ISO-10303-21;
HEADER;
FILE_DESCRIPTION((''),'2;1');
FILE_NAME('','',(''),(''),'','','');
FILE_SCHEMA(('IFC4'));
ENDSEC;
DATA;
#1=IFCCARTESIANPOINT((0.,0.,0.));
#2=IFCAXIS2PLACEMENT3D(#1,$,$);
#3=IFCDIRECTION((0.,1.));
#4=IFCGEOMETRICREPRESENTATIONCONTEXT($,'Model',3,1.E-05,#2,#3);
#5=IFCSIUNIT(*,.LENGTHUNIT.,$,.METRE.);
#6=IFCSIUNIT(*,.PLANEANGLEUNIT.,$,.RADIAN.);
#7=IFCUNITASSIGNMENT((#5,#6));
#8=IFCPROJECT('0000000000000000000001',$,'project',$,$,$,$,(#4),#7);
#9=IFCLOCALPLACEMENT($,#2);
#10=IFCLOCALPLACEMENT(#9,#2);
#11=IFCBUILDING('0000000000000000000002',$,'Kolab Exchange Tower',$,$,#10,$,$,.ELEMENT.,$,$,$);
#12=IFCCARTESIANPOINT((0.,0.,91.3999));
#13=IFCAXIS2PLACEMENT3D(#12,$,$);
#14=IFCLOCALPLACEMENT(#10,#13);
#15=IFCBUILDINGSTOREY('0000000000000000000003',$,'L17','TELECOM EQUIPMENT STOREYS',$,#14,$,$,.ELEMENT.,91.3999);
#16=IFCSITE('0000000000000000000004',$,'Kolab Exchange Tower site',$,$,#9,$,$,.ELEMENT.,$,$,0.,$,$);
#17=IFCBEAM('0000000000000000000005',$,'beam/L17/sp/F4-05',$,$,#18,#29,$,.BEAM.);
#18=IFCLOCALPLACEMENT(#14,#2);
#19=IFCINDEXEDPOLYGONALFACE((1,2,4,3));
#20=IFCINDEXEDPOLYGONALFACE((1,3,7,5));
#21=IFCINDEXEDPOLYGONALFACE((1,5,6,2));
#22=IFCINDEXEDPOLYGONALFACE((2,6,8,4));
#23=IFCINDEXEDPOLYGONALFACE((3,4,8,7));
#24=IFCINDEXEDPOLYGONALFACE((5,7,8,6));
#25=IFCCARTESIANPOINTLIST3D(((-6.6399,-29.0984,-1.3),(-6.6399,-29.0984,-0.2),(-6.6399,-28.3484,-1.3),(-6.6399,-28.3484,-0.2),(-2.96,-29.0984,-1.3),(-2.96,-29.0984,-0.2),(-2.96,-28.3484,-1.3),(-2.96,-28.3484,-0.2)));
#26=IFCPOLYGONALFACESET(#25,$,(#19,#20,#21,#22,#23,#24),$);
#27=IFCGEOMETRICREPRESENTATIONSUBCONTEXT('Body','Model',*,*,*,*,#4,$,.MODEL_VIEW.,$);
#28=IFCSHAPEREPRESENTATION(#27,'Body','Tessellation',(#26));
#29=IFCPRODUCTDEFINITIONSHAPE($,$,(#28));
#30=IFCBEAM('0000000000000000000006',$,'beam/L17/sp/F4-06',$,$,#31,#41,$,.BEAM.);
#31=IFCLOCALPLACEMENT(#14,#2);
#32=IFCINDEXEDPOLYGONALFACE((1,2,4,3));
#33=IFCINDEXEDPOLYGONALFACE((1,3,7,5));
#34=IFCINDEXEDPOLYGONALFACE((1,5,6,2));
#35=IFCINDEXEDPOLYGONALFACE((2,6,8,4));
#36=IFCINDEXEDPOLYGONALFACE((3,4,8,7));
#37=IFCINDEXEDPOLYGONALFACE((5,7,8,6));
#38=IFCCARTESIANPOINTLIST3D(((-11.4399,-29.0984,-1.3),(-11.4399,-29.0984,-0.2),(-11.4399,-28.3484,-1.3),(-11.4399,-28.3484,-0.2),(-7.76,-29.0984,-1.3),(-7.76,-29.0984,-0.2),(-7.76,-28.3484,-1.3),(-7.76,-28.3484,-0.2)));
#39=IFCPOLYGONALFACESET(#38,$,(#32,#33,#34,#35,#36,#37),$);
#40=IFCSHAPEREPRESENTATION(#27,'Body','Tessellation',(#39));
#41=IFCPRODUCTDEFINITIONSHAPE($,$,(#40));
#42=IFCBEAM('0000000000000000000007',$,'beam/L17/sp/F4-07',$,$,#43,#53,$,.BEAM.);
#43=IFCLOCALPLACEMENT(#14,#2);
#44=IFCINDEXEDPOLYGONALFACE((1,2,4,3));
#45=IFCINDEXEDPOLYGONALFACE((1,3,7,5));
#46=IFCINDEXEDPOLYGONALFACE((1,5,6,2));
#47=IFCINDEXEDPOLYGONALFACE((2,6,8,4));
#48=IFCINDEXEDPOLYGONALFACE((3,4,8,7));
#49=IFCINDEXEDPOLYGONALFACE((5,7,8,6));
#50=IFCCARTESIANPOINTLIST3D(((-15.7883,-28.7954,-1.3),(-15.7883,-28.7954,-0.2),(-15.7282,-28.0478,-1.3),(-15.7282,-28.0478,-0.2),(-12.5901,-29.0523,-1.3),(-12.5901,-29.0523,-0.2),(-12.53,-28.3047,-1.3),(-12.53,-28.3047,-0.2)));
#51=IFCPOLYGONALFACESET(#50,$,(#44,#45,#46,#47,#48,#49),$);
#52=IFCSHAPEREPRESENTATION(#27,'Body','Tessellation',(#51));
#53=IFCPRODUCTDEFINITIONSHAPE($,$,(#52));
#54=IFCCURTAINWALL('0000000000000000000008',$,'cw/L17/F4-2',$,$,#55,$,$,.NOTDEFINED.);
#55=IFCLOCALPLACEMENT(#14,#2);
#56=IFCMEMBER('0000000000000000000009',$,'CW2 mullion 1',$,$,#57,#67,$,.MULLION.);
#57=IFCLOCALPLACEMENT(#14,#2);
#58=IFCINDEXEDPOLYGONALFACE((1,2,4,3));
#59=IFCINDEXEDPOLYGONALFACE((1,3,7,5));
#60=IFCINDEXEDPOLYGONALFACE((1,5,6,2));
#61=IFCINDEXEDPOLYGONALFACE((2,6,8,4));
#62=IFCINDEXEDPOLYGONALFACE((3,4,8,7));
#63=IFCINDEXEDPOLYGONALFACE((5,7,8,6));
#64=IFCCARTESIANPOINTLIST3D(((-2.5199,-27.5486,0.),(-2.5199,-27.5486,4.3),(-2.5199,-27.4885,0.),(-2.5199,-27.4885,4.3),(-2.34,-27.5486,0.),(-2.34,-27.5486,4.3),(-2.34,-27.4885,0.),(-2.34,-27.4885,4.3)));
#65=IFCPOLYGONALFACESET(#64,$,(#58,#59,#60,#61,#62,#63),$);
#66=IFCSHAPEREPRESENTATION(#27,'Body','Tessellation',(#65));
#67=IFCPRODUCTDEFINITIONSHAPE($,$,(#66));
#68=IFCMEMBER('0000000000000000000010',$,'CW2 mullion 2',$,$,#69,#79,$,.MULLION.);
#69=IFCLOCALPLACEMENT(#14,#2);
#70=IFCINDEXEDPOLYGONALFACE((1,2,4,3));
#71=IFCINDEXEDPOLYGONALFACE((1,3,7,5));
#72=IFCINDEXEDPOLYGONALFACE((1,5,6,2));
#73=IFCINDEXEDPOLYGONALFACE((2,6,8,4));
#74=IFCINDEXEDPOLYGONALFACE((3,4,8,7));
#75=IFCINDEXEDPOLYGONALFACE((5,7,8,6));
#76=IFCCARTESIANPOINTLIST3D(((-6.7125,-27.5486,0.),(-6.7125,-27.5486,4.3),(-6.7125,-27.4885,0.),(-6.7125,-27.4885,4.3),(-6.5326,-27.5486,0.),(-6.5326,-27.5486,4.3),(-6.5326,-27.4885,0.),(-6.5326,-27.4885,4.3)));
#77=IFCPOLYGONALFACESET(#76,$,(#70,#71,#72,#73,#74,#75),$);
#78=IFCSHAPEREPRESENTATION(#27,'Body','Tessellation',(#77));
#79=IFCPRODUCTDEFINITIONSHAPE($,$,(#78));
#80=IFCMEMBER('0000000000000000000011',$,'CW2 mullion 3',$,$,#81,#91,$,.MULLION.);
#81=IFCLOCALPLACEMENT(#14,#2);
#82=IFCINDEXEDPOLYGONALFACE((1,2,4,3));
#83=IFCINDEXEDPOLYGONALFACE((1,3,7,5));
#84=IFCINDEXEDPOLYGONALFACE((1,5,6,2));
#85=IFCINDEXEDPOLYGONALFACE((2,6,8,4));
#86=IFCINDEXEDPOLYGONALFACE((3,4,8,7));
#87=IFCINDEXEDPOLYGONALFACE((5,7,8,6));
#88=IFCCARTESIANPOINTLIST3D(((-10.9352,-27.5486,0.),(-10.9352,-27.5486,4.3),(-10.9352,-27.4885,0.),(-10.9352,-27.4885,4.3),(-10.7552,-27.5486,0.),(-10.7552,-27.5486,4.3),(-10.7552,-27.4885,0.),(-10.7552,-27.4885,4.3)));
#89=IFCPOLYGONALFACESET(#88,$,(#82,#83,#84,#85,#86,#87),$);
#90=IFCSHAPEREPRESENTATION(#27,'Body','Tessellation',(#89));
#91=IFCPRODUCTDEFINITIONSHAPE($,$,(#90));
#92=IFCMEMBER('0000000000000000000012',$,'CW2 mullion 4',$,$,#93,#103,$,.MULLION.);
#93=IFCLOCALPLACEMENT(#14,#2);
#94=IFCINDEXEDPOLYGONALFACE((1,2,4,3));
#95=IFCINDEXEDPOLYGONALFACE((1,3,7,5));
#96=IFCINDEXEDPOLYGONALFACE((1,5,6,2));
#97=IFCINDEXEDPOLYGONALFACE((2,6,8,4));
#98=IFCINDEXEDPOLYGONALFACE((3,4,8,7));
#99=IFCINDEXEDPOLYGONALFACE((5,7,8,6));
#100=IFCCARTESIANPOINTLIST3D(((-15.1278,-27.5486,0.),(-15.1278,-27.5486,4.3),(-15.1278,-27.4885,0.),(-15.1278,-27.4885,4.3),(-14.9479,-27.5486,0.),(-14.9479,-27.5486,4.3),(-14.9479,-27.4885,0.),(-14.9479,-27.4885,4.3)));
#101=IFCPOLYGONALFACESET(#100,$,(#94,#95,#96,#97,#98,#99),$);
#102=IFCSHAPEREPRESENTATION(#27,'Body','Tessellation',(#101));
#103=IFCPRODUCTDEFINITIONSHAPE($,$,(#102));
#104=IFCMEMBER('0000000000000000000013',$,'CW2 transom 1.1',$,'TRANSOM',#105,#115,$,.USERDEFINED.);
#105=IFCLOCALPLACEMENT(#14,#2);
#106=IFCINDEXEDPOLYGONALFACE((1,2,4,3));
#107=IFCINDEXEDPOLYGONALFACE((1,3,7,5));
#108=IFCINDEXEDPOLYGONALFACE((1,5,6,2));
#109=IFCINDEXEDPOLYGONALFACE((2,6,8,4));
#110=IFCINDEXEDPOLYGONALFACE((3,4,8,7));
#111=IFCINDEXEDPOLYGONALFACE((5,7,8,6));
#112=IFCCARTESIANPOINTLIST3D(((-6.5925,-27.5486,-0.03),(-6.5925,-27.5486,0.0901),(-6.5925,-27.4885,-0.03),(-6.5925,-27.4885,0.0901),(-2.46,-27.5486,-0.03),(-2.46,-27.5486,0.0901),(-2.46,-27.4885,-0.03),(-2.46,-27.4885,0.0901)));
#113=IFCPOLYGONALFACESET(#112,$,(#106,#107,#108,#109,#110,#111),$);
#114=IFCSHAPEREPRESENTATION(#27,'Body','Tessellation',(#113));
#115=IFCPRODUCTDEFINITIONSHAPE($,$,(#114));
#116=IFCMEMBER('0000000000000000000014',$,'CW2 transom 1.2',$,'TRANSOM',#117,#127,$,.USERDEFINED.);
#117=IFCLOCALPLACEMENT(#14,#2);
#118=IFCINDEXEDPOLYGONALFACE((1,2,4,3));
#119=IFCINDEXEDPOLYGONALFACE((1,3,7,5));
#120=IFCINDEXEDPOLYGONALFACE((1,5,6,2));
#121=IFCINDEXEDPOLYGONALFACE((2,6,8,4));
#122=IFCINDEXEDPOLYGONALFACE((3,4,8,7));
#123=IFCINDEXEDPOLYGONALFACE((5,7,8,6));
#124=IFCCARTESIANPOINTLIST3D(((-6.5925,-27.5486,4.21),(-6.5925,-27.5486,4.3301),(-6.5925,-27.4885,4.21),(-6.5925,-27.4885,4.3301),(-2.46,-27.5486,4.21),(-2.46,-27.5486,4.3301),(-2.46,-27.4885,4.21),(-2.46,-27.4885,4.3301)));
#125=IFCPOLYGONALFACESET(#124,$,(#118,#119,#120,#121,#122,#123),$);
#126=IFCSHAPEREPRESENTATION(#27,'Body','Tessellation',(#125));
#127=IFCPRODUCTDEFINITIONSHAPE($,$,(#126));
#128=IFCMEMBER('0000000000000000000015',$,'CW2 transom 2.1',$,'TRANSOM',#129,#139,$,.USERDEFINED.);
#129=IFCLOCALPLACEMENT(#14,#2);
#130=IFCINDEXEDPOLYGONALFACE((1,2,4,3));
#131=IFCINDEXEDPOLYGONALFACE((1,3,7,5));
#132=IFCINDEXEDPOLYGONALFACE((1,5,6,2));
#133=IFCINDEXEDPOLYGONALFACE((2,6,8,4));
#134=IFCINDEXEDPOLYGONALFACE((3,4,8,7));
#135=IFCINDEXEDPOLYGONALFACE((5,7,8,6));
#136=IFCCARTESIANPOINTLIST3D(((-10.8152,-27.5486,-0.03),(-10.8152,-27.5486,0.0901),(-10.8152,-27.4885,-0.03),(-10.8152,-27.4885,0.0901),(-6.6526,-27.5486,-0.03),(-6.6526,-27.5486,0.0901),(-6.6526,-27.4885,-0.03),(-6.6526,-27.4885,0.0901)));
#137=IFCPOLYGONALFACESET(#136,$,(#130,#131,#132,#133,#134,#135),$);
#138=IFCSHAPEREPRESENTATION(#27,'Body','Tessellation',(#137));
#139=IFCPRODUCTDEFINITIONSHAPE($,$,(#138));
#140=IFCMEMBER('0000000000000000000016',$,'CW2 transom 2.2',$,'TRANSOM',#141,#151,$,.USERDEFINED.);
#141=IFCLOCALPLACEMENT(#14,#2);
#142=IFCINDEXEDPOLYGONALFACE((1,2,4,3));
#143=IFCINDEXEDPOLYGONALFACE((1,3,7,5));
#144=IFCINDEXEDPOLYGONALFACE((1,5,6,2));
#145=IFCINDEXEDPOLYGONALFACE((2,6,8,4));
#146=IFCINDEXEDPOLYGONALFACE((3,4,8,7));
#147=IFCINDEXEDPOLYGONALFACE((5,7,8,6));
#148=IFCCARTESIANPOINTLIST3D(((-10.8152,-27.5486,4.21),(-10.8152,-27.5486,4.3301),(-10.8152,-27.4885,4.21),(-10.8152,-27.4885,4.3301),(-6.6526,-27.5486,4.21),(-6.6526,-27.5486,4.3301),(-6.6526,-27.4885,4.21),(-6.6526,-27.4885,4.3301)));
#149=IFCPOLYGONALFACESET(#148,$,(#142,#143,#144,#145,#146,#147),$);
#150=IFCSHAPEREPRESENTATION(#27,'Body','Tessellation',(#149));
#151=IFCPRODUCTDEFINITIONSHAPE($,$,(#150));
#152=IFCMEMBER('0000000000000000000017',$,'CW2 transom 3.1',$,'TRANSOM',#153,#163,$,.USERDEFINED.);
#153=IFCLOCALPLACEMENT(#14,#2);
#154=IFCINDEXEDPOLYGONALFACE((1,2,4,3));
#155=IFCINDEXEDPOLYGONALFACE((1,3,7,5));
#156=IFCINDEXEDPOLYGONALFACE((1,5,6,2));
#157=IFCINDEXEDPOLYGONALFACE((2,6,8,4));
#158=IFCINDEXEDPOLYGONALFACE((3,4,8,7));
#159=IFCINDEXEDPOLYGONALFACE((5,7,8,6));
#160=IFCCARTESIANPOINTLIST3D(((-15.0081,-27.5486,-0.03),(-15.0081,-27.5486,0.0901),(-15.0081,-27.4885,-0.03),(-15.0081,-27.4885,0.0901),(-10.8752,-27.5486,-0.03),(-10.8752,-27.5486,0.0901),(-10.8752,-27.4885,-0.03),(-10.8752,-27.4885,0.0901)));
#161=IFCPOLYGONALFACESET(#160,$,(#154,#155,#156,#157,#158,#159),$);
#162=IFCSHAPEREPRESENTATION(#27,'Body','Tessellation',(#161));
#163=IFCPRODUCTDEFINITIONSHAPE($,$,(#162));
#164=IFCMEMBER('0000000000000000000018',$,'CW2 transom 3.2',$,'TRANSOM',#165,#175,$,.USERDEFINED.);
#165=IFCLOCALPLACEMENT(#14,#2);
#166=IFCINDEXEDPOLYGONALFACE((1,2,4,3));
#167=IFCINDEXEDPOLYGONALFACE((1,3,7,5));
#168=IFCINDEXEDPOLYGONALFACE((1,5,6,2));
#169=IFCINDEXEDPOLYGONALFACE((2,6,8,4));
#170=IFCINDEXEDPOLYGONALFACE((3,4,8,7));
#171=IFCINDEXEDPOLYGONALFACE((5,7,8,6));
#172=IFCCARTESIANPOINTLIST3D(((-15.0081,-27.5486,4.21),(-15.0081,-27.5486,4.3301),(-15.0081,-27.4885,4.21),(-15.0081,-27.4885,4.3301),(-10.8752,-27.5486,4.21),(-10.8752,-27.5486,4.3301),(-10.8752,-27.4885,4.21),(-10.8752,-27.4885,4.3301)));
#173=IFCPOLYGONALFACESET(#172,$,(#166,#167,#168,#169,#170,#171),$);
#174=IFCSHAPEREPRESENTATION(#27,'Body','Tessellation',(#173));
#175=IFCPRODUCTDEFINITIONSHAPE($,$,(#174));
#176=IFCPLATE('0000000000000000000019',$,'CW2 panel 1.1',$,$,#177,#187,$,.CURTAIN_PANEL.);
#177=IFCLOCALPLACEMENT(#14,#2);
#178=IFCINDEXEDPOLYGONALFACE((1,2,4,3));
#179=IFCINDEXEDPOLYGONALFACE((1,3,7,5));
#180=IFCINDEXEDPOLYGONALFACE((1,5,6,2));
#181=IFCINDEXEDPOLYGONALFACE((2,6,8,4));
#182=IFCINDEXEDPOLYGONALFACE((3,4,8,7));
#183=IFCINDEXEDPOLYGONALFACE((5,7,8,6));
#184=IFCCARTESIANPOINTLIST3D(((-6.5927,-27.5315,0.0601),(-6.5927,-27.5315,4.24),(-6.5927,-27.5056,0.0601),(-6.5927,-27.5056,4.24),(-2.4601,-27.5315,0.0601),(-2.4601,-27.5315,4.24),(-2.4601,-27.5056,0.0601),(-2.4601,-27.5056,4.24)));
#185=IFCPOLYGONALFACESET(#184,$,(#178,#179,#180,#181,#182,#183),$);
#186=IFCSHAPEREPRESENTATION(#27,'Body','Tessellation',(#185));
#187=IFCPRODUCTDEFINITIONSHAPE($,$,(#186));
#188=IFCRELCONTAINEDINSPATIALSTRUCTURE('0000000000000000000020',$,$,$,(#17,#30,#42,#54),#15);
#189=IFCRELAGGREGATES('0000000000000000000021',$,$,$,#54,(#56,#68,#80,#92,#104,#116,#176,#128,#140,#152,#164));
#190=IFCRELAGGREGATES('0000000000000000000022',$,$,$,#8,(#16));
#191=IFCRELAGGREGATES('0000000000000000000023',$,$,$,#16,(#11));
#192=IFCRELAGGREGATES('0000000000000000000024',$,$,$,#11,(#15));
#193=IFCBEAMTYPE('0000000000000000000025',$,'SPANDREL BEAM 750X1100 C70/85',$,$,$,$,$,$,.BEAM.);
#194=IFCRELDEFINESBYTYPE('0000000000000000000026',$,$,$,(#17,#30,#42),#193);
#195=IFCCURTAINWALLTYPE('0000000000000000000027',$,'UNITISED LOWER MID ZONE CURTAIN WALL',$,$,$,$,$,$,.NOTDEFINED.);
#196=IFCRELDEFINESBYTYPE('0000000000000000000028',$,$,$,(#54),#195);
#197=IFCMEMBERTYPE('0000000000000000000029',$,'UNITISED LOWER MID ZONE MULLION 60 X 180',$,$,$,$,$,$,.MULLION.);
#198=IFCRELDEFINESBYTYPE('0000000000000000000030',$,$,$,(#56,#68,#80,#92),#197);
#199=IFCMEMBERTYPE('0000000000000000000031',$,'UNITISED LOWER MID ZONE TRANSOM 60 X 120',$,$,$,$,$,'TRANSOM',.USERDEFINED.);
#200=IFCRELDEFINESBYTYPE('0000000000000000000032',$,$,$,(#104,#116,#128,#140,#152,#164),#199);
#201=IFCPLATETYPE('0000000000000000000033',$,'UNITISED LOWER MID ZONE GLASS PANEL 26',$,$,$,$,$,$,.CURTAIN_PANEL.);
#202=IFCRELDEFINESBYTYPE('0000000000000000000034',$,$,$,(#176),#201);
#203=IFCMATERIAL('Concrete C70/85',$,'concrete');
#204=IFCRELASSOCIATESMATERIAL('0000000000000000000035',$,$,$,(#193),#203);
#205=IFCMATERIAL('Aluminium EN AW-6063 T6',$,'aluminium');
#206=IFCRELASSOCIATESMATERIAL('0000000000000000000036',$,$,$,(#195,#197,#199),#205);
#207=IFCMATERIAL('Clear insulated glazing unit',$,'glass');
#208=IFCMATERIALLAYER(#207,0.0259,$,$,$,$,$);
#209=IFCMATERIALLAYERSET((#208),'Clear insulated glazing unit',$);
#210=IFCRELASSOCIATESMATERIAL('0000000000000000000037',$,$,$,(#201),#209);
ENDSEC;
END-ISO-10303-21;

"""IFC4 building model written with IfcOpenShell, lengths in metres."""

from ifc_helpers import new_model, si_unit, direction, frame, origin, origin_2d, place, context, subcontext, project, spatial, rectangle, extrude, material, layer, layer_set, material_profile, profile_set, type_object, element, aggregate, save


model = new_model("IFC4")

# Units and contexts
model_context = context("Model", 3, precision=1e-05, world=origin(), true_north=direction((0.0, 1.0)))
body_context = subcontext(model_context, "Body", "Model", "MODEL_VIEW")
ifc_project = project(units=[si_unit("LENGTHUNIT", "METRE"), si_unit("PLANEANGLEUNIT", "RADIAN")], contexts=[model_context])

# Site, building, storey
site_placement = place(None, origin())
site = spatial("IfcSite", under=ifc_project, at=site_placement, Name="Kolab Exchange Tower site", CompositionType="ELEMENT", RefElevation=0.0)
building_placement = place(site_placement, origin())
building = spatial("IfcBuilding", under=site, at=building_placement, Name="Kolab Exchange Tower", CompositionType="ELEMENT")
storey_placement = place(building_placement, frame((0.0, 0.0, 91.3999)))
storey = spatial("IfcBuildingStorey", under=building, at=storey_placement, Name="L17", Description="TELECOM EQUIPMENT STOREYS", CompositionType="ELEMENT", Elevation=91.3999)

# Shared definitions
ifc_material_1 = material(Name="Concrete C70/85", Category="concrete")

# Beams
ifc_material_profile_1 = material_profile(ifc_material_1, rectangle(XDim=0.75, YDim=1.1001, at=origin_2d()), Name="RC750X1100")
ifc_profile_set_1 = profile_set([ifc_material_profile_1], Name="Concrete C70/85")
beam_type_1 = type_object("IfcBeamType", Name="SPANDREL BEAM 750X1100 C70/85", PredefinedType="BEAM", material=ifc_profile_set_1)
for number, where, z_axis, x_axis, name in (
    (1, (-2.96, -28.7234, -0.75), (-1.0, 0.0, 0.0), (0.0, -1.0, 0.0), "beam/L17/sp/F4-05"),
    (2, (-7.76, -28.7234, -0.75), (-1.0, 0.0, 0.0), (0.0, -1.0, 0.0), "beam/L17/sp/F4-06"),
):
    element("IfcBeam", number, at=place(storey_placement, frame(where, z_axis=z_axis, x_axis=x_axis)), inside=storey, type_object=beam_type_1, Name=name, PredefinedType="BEAM", context=body_context, shape_type="SweptSolid", body=[
        extrude(rectangle(XDim=0.75, YDim=1.1001, at=origin_2d()), origin(), (0.0, 0.0, 1.0), 3.6799),
    ])
beam_1_placement = place(storey_placement, frame((-12.5601, -28.6785, -0.75), z_axis=(-0.996791, 0.080048, 0.0), x_axis=(-0.080048, -0.996791, 0.0)))
element("IfcBeam", 3, at=beam_1_placement, inside=storey, type_object=beam_type_1, Name="beam/L17/sp/F4-07", PredefinedType="BEAM", context=body_context, shape_type="SweptSolid", body=[
    extrude(rectangle(XDim=0.75, YDim=1.1001, at=origin_2d()), origin(), (0.0, 0.0, 1.0), 3.2085),
])

# Curtain wall, members, plate
ifc_material_2 = material(Name="Aluminium EN AW-6063 T6", Category="aluminium")
curtain_wall_type = type_object("IfcCurtainWallType", Name="UNITISED LOWER MID ZONE CURTAIN WALL", PredefinedType="NOTDEFINED", material=ifc_material_2)
curtain_wall_placement = place(storey_placement, origin())
curtain_wall = element("IfcCurtainWall", 4, at=curtain_wall_placement, inside=storey, type_object=curtain_wall_type, Name="cw/L17/F4-2", PredefinedType="NOTDEFINED")
ifc_material_profile_2 = material_profile(ifc_material_2, rectangle(XDim=0.0601, YDim=0.1799, at=origin_2d()), Name="RECT 60X180")
ifc_profile_set_2 = profile_set([ifc_material_profile_2], Name="Aluminium EN AW-6063 T6")
member_type_1 = type_object("IfcMemberType", Name="UNITISED LOWER MID ZONE MULLION 60 X 180", PredefinedType="MULLION", material=ifc_profile_set_2)
member_1_placement = place(storey_placement, frame((-2.4299, -27.5186, 0.0), z_axis=(0.0, 0.0, 1.0), x_axis=(0.0, -1.0, 0.0)))
member_1 = element("IfcMember", 5, at=member_1_placement, type_object=member_type_1, Name="CW2 mullion 1", PredefinedType="MULLION", context=body_context, shape_type="SweptSolid", body=[
    extrude(rectangle(XDim=0.0601, YDim=0.1799, at=origin_2d()), origin(), (0.0, 0.0, 1.0), 4.3),
])
member_2_placement = place(storey_placement, frame((-6.6226, -27.5186, 0.0), z_axis=(0.0, 0.0, 1.0), x_axis=(0.0, -1.0, 0.0)))
member_2 = element("IfcMember", 6, at=member_2_placement, type_object=member_type_1, Name="CW2 mullion 2", PredefinedType="MULLION", context=body_context, shape_type="SweptSolid", body=[
    extrude(rectangle(XDim=0.0601, YDim=0.1799, at=origin_2d()), origin(), (0.0, 0.0, 1.0), 4.3),
])
member_3_placement = place(storey_placement, frame((-10.8452, -27.5186, 0.0), z_axis=(0.0, 0.0, 1.0), x_axis=(0.0, -1.0, 0.0)))
member_3 = element("IfcMember", 7, at=member_3_placement, type_object=member_type_1, Name="CW2 mullion 3", PredefinedType="MULLION", context=body_context, shape_type="SweptSolid", body=[
    extrude(rectangle(XDim=0.0601, YDim=0.1799, at=origin_2d()), origin(), (0.0, 0.0, 1.0), 4.3),
])
member_4_placement = place(storey_placement, frame((-15.0378, -27.5186, 0.0), z_axis=(0.0, 0.0, 1.0), x_axis=(0.0, -1.0, 0.0)))
member_4 = element("IfcMember", 8, at=member_4_placement, type_object=member_type_1, Name="CW2 mullion 4", PredefinedType="MULLION", context=body_context, shape_type="SweptSolid", body=[
    extrude(rectangle(XDim=0.0601, YDim=0.1799, at=origin_2d()), origin(), (0.0, 0.0, 1.0), 4.3),
])
ifc_material_profile_3 = material_profile(ifc_material_2, rectangle(XDim=0.0601, YDim=0.1201, at=origin_2d()), Name="RECT 60X120")
ifc_profile_set_3 = profile_set([ifc_material_profile_3], Name="Aluminium EN AW-6063 T6")
member_type_2 = type_object("IfcMemberType", Name="UNITISED LOWER MID ZONE TRANSOM 60 X 120", ElementType="TRANSOM", PredefinedType="USERDEFINED", material=ifc_profile_set_3)
member_5_placement = place(storey_placement, frame((-2.46, -27.5186, 0.03), z_axis=(-1.0, 0.0, 0.0), x_axis=(0.0, -1.0, 0.0)))
member_5 = element("IfcMember", 9, at=member_5_placement, type_object=member_type_2, Name="CW2 transom 1.1", ObjectType="TRANSOM", PredefinedType="USERDEFINED", context=body_context, shape_type="SweptSolid", body=[
    extrude(rectangle(XDim=0.0601, YDim=0.1201, at=origin_2d()), origin(), (0.0, 0.0, 1.0), 4.1326),
])
member_6_placement = place(storey_placement, frame((-2.46, -27.5186, 4.27), z_axis=(-1.0, 0.0, 0.0), x_axis=(0.0, -1.0, 0.0)))
member_6 = element("IfcMember", 10, at=member_6_placement, type_object=member_type_2, Name="CW2 transom 1.2", ObjectType="TRANSOM", PredefinedType="USERDEFINED", context=body_context, shape_type="SweptSolid", body=[
    extrude(rectangle(XDim=0.0601, YDim=0.1201, at=origin_2d()), origin(), (0.0, 0.0, 1.0), 4.1326),
])
member_7_placement = place(storey_placement, frame((-6.6526, -27.5186, 0.03), z_axis=(-1.0, 0.0, 0.0), x_axis=(0.0, -1.0, 0.0)))
member_7 = element("IfcMember", 11, at=member_7_placement, type_object=member_type_2, Name="CW2 transom 2.1", ObjectType="TRANSOM", PredefinedType="USERDEFINED", context=body_context, shape_type="SweptSolid", body=[
    extrude(rectangle(XDim=0.0601, YDim=0.1201, at=origin_2d()), origin(), (0.0, 0.0, 1.0), 4.1626),
])
member_8_placement = place(storey_placement, frame((-6.6526, -27.5186, 4.27), z_axis=(-1.0, 0.0, 0.0), x_axis=(0.0, -1.0, 0.0)))
member_8 = element("IfcMember", 12, at=member_8_placement, type_object=member_type_2, Name="CW2 transom 2.2", ObjectType="TRANSOM", PredefinedType="USERDEFINED", context=body_context, shape_type="SweptSolid", body=[
    extrude(rectangle(XDim=0.0601, YDim=0.1201, at=origin_2d()), origin(), (0.0, 0.0, 1.0), 4.1626),
])
member_9_placement = place(storey_placement, frame((-10.8752, -27.5186, 0.03), z_axis=(-1.0, 0.0, 0.0), x_axis=(0.0, -1.0, 0.0)))
member_9 = element("IfcMember", 13, at=member_9_placement, type_object=member_type_2, Name="CW2 transom 3.1", ObjectType="TRANSOM", PredefinedType="USERDEFINED", context=body_context, shape_type="SweptSolid", body=[
    extrude(rectangle(XDim=0.0601, YDim=0.1201, at=origin_2d()), origin(), (0.0, 0.0, 1.0), 4.1328),
])
member_10_placement = place(storey_placement, frame((-10.8752, -27.5186, 4.27), z_axis=(-1.0, 0.0, 0.0), x_axis=(0.0, -1.0, 0.0)))
member_10 = element("IfcMember", 14, at=member_10_placement, type_object=member_type_2, Name="CW2 transom 3.2", ObjectType="TRANSOM", PredefinedType="USERDEFINED", context=body_context, shape_type="SweptSolid", body=[
    extrude(rectangle(XDim=0.0601, YDim=0.1201, at=origin_2d()), origin(), (0.0, 0.0, 1.0), 4.1328),
])
ifc_material_3 = material(Name="Clear insulated glazing unit", Category="glass")
ifc_layer_1 = layer(ifc_material_3, 0.0259)
ifc_layer_set_1 = layer_set([ifc_layer_1], Name="Clear insulated glazing unit")
plate_type = type_object("IfcPlateType", Name="UNITISED LOWER MID ZONE GLASS PANEL 26", PredefinedType="CURTAIN_PANEL", material=ifc_layer_set_1)
plate_1_placement = place(storey_placement, frame((-4.5264, -27.5186, 0.0601), z_axis=(0.0, 0.0, 1.0), x_axis=(-1.0, 0.0, 0.0)))
plate_1 = element("IfcPlate", 15, at=plate_1_placement, type_object=plate_type, Name="CW2 panel 1.1", PredefinedType="CURTAIN_PANEL", context=body_context, shape_type="SweptSolid", body=[
    extrude(rectangle(XDim=4.1326, YDim=0.0259, at=origin_2d()), origin(), (0.0, 0.0, 1.0), 4.1799),
])
aggregate(curtain_wall, [member_1, member_2, member_3, member_4, member_5, member_6, plate_1, member_7, member_8, member_9, member_10])

save(model, "model.ifc")
